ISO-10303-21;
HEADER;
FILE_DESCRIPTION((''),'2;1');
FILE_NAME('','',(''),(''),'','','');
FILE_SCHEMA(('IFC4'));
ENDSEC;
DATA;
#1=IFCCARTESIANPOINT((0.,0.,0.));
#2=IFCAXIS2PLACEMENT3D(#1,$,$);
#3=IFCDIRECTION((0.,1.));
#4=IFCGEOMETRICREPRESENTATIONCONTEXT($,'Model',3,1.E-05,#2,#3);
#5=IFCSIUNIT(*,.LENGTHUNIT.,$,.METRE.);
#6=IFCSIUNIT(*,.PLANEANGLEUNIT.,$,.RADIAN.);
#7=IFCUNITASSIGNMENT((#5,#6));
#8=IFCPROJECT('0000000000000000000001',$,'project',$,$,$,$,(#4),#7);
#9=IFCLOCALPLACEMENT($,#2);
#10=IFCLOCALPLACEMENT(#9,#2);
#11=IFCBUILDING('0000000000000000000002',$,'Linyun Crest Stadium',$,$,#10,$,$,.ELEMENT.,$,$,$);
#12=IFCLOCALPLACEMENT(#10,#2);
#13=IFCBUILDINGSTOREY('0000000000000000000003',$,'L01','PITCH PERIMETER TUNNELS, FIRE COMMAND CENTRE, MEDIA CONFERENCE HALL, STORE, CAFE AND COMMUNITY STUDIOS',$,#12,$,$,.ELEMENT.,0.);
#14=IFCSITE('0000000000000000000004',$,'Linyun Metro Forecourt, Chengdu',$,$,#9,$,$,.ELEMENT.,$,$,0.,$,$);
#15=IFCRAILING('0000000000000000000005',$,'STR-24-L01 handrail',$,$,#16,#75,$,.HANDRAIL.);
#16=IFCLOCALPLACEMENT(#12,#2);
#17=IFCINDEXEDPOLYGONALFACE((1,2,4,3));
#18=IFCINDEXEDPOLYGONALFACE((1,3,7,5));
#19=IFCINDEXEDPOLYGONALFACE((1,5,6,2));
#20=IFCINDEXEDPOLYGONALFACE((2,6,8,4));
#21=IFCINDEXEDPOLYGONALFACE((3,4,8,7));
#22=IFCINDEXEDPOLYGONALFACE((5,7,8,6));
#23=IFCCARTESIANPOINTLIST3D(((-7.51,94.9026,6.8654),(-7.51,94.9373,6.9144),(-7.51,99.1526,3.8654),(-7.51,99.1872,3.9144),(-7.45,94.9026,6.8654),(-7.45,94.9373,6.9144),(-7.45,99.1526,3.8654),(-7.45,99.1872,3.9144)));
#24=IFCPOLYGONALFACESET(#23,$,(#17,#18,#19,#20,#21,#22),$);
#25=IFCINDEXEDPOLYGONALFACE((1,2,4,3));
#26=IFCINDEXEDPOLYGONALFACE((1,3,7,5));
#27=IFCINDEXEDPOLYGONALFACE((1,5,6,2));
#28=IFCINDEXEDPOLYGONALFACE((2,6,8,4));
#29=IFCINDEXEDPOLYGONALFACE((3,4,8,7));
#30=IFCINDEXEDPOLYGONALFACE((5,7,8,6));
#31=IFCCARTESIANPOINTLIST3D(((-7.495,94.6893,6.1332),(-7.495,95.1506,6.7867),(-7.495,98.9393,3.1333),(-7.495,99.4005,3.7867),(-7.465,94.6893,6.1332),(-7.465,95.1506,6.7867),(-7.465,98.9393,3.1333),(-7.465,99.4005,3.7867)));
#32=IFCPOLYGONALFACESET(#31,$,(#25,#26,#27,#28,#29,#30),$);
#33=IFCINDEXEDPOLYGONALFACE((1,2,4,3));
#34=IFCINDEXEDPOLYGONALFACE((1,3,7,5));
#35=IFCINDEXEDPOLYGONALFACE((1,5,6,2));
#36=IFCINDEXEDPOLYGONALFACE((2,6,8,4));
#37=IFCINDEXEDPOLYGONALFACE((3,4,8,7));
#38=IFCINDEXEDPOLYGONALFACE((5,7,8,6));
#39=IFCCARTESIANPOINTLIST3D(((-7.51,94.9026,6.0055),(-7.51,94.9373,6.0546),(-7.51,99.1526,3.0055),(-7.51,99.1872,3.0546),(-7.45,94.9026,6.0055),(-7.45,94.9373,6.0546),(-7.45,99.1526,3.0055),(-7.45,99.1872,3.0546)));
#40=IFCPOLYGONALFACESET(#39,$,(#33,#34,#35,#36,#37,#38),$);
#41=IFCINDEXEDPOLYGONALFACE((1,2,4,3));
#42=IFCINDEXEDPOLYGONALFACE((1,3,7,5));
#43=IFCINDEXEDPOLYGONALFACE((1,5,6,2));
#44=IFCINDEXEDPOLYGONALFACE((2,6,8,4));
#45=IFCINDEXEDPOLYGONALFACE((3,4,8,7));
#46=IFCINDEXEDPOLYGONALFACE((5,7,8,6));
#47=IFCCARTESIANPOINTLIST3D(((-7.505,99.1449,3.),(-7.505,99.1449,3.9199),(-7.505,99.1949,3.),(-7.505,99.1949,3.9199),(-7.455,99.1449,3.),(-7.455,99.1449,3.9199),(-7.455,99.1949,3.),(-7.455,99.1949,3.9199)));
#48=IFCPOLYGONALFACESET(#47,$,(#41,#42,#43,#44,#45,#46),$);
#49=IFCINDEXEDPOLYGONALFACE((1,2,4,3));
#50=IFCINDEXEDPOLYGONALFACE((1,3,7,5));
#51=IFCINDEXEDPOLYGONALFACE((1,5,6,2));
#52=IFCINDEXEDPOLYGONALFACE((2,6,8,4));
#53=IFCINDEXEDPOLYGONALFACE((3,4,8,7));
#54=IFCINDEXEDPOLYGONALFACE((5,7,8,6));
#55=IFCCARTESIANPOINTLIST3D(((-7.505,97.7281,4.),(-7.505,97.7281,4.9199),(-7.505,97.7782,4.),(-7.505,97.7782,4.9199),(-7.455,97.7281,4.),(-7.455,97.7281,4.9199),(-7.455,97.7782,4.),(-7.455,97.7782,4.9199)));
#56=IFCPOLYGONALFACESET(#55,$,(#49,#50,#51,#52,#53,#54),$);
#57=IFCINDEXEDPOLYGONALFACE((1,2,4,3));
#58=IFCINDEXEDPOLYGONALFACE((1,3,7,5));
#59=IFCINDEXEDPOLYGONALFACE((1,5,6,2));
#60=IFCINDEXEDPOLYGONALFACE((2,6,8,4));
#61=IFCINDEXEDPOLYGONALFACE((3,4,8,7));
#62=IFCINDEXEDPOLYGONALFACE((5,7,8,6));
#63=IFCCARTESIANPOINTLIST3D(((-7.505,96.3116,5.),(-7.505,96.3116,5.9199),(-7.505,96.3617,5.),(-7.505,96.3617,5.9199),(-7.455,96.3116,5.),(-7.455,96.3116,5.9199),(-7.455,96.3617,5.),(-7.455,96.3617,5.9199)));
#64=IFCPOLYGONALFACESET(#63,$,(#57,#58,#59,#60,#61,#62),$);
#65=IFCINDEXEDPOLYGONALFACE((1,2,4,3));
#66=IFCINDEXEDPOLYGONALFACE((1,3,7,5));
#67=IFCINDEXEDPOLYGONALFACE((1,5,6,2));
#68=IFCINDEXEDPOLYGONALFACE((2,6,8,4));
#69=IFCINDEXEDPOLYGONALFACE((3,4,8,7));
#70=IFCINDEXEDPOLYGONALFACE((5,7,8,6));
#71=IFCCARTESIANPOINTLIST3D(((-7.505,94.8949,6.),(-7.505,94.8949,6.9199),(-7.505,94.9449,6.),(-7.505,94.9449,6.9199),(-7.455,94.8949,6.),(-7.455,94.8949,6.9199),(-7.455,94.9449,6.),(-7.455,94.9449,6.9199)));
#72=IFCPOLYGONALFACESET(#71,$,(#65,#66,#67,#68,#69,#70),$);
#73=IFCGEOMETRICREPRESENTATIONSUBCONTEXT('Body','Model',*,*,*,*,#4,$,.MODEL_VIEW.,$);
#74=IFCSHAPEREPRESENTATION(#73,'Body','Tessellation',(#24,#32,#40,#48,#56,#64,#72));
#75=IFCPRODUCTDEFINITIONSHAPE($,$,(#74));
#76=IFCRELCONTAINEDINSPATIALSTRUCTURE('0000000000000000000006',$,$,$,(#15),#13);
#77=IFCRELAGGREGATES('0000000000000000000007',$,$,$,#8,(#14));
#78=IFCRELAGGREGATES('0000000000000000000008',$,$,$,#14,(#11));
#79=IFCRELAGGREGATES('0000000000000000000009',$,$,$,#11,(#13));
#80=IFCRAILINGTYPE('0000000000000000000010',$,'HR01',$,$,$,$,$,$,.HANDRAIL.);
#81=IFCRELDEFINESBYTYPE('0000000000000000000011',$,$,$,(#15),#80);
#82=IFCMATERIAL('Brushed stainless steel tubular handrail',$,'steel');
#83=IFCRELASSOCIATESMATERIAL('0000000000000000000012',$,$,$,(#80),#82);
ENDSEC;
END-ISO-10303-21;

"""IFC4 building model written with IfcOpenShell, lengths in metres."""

from ifc_helpers import new_model, si_unit, direction, frame, origin, origin_2d, place, context, subcontext, project, spatial, rectangle, extrude, material, type_object, element, save


model = new_model("IFC4")

# Units and contexts
model_context = context("Model", 3, precision=1e-05, world=origin(), true_north=direction((0.0, 1.0)))
body_context = subcontext(model_context, "Body", "Model", "MODEL_VIEW")
ifc_project = project(units=[si_unit("LENGTHUNIT", "METRE"), si_unit("PLANEANGLEUNIT", "RADIAN")], contexts=[model_context])

# Site, building, storey
site_placement = place(None, origin())
site = spatial("IfcSite", under=ifc_project, at=site_placement, Name="Linyun Metro Forecourt, Chengdu", CompositionType="ELEMENT", RefElevation=0.0)
building_placement = place(site_placement, origin())
building = spatial("IfcBuilding", under=site, at=building_placement, Name="Linyun Crest Stadium", CompositionType="ELEMENT")
storey_placement = place(building_placement, origin())
storey = spatial("IfcBuildingStorey", under=building, at=storey_placement, Name="L01", Description="PITCH PERIMETER TUNNELS, FIRE COMMAND CENTRE, MEDIA CONFERENCE HALL, STORE, CAFE AND COMMUNITY STUDIOS", CompositionType="ELEMENT", Elevation=0.0)

# Railing
ifc_material_1 = material(Name="Brushed stainless steel tubular handrail", Category="steel")
railing_type_1 = type_object("IfcRailingType", Name="HR01", PredefinedType="HANDRAIL", material=ifc_material_1)
railing_1_placement = place(storey_placement, frame((-7.48, 99.1699, 3.0)))
element("IfcRailing", 1, at=railing_1_placement, inside=storey, type_object=railing_type_1, Name="STR-24-L01 handrail", PredefinedType="HANDRAIL", context=body_context, shape_type="SweptSolid", body=[
    extrude(rectangle(XDim=0.0601, YDim=0.0601, at=origin_2d()), frame((0.0, 0.0, 0.8899), z_axis=(0.0, -0.816968, 0.576683), x_axis=(1.0, 0.0, 0.0)), (0.0, 0.0, 1.0), 5.2021),
    extrude(rectangle(XDim=0.03, YDim=0.7998, at=origin_2d()), frame((0.0, 0.0, 0.46), z_axis=(0.0, -0.816968, 0.576683), x_axis=(1.0, 0.0, 0.0)), (0.0, 0.0, 1.0), 5.2021),
    extrude(rectangle(XDim=0.0601, YDim=0.0601, at=origin_2d()), frame((0.0, 0.0, 0.03), z_axis=(0.0, -0.816968, 0.576683), x_axis=(1.0, 0.0, 0.0)), (0.0, 0.0, 1.0), 5.2021),
    extrude(rectangle(XDim=0.05, YDim=0.05, at=origin_2d()), origin(), (0.0, 0.0, 1.0), 0.9199),
    extrude(rectangle(XDim=0.05, YDim=0.05, at=origin_2d()), frame((0.0, -1.4167, 1.0)), (0.0, 0.0, 1.0), 0.9199),
    extrude(rectangle(XDim=0.05, YDim=0.05, at=origin_2d()), frame((0.0, -2.8333, 2.0)), (0.0, 0.0, 1.0), 0.9199),
    extrude(rectangle(XDim=0.05, YDim=0.05, at=origin_2d()), frame((0.0, -4.25, 3.0)), (0.0, 0.0, 1.0), 0.9199),
])

save(model, "model.ifc")
